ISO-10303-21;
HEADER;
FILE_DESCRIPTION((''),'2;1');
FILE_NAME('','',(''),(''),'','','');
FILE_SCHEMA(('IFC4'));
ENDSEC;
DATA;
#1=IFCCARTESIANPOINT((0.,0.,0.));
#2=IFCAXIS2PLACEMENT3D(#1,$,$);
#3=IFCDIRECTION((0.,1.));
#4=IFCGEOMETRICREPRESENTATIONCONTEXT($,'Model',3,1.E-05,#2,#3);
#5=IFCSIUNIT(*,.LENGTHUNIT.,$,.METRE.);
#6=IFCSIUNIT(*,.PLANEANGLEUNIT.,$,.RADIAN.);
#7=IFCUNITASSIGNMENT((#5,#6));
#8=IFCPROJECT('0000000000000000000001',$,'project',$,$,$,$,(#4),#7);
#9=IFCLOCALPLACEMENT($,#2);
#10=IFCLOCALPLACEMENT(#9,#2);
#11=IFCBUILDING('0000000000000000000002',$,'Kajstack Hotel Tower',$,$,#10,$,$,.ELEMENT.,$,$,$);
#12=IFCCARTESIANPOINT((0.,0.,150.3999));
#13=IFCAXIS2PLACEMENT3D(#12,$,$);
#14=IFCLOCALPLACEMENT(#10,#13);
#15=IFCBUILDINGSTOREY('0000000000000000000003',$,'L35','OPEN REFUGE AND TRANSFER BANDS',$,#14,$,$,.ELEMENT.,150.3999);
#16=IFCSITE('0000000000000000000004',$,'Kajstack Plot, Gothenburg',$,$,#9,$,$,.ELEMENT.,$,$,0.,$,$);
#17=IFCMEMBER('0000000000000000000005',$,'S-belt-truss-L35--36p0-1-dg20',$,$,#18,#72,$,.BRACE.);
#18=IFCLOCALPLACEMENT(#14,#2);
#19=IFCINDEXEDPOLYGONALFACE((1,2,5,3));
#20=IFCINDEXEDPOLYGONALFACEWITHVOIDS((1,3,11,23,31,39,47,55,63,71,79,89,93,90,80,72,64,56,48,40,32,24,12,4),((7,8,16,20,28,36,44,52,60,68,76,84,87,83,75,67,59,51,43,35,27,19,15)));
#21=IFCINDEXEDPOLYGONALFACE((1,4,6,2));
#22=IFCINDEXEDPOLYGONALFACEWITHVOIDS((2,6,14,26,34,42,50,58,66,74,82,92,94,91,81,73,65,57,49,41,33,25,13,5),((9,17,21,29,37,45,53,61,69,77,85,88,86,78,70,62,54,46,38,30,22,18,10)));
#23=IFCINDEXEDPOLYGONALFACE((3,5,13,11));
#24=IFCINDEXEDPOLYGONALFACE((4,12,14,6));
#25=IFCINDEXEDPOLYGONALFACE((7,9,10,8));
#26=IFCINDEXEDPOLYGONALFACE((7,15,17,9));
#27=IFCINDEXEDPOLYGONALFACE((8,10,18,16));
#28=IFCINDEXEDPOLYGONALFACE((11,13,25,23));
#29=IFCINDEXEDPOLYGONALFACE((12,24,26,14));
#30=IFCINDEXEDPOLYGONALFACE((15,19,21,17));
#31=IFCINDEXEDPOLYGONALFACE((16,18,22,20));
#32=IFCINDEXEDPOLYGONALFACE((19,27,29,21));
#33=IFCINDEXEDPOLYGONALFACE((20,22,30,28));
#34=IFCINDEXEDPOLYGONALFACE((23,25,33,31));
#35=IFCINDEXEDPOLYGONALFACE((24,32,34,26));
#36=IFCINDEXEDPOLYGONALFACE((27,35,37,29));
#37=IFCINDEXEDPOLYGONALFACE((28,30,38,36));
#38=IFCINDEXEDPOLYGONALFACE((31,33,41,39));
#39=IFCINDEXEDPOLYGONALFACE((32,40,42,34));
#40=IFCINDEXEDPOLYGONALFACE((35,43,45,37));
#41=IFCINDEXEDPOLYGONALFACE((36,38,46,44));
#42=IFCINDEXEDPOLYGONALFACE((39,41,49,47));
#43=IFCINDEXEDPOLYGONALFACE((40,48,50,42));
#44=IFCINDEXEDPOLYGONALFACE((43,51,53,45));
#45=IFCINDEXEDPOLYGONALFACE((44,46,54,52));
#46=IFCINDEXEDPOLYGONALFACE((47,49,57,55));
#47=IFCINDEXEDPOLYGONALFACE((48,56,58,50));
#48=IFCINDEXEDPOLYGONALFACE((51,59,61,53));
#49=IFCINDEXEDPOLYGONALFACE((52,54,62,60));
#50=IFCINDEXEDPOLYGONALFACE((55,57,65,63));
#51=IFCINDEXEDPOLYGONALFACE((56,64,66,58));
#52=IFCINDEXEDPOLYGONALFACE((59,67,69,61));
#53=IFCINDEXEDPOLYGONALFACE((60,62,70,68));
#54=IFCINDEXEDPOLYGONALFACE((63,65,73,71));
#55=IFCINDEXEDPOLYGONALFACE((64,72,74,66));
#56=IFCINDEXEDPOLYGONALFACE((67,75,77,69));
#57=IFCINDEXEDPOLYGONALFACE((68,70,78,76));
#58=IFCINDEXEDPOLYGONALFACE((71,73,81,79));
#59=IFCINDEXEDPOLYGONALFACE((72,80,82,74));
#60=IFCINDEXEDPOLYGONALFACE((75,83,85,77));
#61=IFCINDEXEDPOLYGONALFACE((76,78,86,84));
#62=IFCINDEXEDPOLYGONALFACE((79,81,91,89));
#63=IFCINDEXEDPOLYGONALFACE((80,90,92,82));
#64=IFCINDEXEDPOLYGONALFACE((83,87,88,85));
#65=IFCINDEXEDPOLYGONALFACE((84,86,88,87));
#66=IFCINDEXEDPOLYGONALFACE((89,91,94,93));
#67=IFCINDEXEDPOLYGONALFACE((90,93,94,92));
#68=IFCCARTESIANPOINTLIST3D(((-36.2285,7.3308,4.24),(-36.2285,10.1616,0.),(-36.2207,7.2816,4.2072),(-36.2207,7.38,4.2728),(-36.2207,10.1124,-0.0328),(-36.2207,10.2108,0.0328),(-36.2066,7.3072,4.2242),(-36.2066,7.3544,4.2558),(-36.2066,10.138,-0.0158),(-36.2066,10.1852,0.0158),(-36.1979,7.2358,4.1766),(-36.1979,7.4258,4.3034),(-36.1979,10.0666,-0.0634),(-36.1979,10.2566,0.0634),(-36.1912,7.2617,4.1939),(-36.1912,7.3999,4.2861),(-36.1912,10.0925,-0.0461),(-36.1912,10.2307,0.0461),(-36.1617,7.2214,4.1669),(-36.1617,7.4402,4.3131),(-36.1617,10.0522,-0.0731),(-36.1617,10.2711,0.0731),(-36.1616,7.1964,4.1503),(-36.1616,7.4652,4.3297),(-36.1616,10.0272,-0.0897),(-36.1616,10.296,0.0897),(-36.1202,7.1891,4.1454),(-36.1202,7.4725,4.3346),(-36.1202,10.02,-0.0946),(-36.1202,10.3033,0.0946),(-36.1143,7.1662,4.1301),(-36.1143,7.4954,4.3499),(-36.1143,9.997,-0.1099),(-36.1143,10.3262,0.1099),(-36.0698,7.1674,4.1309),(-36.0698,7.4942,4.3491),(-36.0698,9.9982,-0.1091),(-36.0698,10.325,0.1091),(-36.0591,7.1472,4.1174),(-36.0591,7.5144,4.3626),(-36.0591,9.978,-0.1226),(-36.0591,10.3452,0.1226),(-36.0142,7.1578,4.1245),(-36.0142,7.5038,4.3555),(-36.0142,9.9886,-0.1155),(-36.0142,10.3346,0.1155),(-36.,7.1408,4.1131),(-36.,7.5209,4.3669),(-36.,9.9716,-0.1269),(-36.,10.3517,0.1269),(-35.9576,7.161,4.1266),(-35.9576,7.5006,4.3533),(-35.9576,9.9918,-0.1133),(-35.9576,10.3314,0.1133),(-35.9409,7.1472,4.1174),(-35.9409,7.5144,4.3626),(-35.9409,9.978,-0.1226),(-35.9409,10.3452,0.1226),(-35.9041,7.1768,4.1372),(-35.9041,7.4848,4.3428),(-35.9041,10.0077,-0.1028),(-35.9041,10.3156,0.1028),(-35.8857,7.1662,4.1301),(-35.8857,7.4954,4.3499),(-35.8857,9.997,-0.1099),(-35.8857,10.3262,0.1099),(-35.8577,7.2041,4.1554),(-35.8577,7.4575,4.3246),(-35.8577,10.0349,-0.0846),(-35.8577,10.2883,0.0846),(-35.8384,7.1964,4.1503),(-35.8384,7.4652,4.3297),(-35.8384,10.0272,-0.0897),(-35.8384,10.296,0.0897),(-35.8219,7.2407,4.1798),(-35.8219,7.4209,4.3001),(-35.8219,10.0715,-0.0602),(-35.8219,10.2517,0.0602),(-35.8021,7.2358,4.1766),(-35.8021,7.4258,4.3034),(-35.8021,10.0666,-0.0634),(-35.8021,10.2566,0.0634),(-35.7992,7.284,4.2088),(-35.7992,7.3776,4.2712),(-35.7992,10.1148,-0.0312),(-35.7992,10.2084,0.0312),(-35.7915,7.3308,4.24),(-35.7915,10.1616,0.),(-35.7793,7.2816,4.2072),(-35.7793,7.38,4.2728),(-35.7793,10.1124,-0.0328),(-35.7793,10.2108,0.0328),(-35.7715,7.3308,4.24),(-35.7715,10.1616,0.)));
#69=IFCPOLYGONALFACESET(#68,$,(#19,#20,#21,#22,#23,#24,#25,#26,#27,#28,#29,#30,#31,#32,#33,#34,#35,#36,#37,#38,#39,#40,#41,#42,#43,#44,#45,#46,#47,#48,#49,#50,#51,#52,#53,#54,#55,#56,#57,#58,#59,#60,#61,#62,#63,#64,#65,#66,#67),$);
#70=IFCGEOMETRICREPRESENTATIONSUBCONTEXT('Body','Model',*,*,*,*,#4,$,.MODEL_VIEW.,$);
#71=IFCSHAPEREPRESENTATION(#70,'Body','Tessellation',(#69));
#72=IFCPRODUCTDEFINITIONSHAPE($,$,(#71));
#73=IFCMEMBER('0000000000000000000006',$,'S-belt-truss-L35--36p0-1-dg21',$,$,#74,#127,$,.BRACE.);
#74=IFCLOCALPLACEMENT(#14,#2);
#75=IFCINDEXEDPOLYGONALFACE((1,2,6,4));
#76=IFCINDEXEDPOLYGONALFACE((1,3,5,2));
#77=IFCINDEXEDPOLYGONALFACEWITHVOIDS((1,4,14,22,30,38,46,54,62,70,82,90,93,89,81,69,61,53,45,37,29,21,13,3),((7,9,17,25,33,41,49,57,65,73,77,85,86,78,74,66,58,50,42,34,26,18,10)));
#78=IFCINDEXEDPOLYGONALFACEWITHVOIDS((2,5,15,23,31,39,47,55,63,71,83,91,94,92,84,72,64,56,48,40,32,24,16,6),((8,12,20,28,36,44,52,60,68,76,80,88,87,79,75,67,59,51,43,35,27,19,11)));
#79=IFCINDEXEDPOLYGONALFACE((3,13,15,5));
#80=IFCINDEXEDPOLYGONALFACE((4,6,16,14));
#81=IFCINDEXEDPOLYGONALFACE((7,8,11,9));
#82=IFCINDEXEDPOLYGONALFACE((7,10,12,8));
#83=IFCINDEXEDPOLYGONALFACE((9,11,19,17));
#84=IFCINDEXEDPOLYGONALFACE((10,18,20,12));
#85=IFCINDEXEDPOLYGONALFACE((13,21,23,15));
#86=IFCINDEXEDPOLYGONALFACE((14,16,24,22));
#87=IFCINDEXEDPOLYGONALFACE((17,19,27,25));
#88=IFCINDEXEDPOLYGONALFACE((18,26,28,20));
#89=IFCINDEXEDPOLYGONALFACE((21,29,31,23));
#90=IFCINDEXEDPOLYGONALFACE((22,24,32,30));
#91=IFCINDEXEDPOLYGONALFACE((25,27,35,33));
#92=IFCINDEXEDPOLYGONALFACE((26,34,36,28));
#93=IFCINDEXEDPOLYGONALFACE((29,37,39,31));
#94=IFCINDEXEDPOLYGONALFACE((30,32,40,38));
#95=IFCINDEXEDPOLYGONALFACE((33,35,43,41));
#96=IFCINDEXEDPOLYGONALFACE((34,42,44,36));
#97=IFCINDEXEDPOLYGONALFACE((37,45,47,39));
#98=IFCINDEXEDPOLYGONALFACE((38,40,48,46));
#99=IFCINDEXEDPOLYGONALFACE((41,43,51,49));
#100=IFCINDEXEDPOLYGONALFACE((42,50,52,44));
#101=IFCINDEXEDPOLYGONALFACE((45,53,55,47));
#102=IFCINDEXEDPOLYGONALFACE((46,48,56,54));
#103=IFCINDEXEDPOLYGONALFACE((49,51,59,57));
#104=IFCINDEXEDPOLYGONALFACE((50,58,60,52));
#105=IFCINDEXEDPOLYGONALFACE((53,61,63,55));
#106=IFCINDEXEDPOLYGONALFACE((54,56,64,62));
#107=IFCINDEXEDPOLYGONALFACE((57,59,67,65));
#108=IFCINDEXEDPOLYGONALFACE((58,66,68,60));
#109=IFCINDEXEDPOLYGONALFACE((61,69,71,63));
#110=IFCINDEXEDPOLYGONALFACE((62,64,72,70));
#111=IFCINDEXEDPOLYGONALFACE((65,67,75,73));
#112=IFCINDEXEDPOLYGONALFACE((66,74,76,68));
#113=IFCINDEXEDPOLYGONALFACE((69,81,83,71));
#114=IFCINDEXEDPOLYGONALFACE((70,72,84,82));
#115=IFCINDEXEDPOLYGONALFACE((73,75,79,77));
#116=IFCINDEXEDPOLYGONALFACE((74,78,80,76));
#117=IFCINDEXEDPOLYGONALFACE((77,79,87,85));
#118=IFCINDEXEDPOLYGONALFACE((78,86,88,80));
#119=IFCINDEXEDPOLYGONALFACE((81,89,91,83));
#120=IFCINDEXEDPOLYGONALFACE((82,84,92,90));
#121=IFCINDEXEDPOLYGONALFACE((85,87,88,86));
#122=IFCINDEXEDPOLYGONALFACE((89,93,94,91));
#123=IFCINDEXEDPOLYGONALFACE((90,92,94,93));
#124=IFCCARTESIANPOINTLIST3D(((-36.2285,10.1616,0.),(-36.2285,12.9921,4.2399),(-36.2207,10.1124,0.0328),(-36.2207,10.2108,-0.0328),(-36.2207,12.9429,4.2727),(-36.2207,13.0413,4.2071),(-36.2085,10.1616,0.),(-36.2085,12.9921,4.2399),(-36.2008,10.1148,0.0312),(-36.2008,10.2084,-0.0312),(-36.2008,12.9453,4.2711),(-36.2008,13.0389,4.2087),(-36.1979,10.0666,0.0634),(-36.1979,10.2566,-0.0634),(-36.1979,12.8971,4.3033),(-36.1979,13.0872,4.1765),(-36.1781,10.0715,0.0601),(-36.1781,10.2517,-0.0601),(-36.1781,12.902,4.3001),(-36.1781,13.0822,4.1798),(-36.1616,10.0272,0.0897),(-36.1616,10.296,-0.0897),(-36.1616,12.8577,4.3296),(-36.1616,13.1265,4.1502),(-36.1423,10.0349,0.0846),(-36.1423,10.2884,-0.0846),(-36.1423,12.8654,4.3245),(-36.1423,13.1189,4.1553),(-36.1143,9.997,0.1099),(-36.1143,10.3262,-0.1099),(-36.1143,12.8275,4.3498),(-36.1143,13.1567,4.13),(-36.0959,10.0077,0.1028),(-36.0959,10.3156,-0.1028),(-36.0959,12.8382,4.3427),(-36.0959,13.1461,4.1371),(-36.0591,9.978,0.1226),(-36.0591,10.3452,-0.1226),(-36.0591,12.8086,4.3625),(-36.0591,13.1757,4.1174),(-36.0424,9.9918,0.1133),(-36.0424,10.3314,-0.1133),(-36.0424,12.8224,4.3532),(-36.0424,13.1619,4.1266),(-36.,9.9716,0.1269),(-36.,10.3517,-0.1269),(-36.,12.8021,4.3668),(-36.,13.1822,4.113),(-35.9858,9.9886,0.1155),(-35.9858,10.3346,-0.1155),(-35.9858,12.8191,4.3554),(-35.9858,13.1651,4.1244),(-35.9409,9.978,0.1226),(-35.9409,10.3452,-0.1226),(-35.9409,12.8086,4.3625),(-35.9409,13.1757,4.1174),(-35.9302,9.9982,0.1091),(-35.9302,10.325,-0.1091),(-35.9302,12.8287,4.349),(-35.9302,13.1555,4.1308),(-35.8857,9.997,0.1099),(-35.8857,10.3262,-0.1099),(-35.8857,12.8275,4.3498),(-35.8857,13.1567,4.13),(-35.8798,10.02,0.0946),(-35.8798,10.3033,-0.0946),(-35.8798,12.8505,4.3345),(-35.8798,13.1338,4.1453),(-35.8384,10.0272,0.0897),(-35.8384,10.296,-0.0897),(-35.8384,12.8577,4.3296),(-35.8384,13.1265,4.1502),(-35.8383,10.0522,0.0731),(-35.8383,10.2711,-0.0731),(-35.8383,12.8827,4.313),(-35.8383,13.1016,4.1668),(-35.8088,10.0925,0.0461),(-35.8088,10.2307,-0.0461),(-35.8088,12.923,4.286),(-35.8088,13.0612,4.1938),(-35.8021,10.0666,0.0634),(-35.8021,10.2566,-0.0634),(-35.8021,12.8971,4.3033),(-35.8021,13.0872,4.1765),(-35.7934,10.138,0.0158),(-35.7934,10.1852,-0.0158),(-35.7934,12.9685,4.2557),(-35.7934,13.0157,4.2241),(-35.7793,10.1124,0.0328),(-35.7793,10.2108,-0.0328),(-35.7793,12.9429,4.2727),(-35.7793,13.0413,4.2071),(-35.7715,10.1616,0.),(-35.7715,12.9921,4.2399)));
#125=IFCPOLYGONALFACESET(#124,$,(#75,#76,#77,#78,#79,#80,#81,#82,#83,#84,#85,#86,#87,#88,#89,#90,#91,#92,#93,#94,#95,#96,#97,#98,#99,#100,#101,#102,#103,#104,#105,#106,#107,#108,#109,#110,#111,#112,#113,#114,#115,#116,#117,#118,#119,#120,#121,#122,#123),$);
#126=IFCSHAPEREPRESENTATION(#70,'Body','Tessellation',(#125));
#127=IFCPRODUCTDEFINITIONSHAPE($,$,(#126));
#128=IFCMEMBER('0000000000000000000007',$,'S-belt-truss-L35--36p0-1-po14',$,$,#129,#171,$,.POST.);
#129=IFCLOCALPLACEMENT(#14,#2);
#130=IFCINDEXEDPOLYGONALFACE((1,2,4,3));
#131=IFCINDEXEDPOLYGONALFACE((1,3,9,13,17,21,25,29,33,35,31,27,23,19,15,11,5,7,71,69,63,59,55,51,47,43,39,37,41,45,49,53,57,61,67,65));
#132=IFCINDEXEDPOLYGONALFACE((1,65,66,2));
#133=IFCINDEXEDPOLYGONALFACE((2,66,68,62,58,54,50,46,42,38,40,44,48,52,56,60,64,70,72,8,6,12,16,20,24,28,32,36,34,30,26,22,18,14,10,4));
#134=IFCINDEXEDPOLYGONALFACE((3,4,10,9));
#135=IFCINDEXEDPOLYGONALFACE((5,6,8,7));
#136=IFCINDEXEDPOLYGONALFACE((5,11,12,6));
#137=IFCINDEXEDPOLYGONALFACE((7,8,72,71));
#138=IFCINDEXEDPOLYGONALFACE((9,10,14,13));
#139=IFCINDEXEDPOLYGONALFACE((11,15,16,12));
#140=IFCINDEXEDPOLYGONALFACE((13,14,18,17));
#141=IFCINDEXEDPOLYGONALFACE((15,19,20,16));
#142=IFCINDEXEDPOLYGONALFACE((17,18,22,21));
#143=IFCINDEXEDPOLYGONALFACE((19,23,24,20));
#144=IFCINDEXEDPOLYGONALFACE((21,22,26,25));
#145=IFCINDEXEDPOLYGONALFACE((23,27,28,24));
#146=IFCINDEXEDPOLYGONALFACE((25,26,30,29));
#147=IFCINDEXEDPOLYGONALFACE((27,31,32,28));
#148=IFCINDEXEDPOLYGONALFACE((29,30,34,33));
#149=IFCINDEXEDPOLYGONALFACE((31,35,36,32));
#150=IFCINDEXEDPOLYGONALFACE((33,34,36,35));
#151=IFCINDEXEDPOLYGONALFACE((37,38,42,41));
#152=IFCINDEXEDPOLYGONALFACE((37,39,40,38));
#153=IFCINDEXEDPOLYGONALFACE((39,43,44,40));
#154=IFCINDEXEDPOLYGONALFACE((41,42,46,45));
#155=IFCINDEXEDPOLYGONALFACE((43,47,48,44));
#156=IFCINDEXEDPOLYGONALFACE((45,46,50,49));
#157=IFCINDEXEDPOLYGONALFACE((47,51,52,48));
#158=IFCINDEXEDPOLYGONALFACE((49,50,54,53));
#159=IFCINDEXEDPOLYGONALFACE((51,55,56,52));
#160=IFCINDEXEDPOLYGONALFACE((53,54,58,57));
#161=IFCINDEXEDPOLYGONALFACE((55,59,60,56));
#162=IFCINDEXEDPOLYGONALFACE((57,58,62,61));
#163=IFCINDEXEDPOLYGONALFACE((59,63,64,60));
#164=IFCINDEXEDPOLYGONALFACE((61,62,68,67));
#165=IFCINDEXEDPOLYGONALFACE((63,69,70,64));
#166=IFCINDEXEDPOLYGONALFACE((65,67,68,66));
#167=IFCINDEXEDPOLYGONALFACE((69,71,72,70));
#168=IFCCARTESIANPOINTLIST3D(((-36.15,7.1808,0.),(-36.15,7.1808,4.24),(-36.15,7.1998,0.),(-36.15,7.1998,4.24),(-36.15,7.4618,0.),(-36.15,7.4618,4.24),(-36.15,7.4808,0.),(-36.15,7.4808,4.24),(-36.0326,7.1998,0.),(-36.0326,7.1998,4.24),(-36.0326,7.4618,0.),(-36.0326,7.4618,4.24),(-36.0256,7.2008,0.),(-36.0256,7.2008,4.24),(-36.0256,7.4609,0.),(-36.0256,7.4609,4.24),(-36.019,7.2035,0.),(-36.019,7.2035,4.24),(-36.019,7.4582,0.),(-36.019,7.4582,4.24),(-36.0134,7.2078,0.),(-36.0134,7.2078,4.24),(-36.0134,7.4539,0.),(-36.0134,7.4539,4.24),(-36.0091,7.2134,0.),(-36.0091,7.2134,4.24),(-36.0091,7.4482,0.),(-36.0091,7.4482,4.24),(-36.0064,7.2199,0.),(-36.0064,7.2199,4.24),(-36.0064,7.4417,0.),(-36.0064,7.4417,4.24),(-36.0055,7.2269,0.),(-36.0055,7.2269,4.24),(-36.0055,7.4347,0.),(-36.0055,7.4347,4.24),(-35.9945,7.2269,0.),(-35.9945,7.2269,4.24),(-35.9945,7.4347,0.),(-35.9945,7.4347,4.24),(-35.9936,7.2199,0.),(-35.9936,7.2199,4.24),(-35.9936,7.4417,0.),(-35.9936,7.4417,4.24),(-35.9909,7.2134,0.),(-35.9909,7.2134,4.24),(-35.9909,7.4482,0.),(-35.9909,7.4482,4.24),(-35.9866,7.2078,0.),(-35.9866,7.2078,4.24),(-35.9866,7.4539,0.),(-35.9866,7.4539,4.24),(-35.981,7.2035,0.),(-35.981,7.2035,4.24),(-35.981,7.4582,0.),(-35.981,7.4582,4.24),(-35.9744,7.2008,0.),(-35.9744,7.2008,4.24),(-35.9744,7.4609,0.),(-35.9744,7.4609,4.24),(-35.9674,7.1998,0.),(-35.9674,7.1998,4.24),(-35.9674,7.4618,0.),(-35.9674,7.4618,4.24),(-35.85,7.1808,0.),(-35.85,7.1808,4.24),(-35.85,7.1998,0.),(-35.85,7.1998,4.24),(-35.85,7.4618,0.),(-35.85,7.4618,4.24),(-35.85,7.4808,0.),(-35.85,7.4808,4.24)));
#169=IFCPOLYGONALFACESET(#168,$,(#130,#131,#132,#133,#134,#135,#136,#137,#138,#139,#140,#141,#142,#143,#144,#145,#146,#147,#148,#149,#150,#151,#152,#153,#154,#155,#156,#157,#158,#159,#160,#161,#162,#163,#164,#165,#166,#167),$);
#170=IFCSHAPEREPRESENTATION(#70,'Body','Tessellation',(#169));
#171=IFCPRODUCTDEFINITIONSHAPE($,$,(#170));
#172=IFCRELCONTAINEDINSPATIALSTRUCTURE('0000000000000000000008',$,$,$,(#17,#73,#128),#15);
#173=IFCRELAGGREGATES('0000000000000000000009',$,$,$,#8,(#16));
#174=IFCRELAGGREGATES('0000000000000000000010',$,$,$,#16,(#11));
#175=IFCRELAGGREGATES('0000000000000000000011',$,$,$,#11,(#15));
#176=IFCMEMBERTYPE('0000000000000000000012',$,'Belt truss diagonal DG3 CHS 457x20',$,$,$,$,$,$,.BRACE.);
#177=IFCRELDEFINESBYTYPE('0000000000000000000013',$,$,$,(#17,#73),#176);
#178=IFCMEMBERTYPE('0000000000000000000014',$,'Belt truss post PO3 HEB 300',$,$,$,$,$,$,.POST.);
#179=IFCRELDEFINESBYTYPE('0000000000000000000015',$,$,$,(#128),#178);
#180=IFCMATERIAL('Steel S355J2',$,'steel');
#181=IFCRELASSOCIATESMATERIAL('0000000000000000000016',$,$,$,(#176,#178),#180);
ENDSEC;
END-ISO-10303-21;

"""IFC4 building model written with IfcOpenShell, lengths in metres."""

from ifc_helpers import new_model, si_unit, direction, frame, origin, origin_2d, place, context, subcontext, project, spatial, hollow_circle, i_section, extrude, material, material_profile, profile_set, type_object, element, save


model = new_model("IFC4")

# Units and contexts
model_context = context("Model", 3, precision=1e-05, world=origin(), true_north=direction((0.0, 1.0)))
body_context = subcontext(model_context, "Body", "Model", "MODEL_VIEW")
ifc_project = project(units=[si_unit("LENGTHUNIT", "METRE"), si_unit("PLANEANGLEUNIT", "RADIAN")], contexts=[model_context])

# Site, building, storey
site_placement = place(None, origin())
site = spatial("IfcSite", under=ifc_project, at=site_placement, Name="Kajstack Plot, Gothenburg", CompositionType="ELEMENT", RefElevation=0.0)
building_placement = place(site_placement, origin())
building = spatial("IfcBuilding", under=site, at=building_placement, Name="Kajstack Hotel Tower", CompositionType="ELEMENT")
storey_placement = place(building_placement, frame((0.0, 0.0, 150.3999)))
storey = spatial("IfcBuildingStorey", under=building, at=storey_placement, Name="L35", Description="OPEN REFUGE AND TRANSFER BANDS", CompositionType="ELEMENT", Elevation=150.3999)

# Members
ifc_material = material(Name="Steel S355J2", Category="steel")
ifc_material_profile_1 = material_profile(ifc_material, hollow_circle(Radius=0.2285, WallThickness=0.02, at=origin_2d()), Name="CHS 457x20")
ifc_profile_set_1 = profile_set([ifc_material_profile_1], Name="Steel S355J2")
member_type_1 = type_object("IfcMemberType", Name="Belt truss diagonal DG3 CHS 457x20", PredefinedType="BRACE", material=ifc_profile_set_1)
member_1_placement = place(storey_placement, frame((-36.0, 10.1616, 0.0), z_axis=(0.0, -0.555264, 0.831674), x_axis=(1.0, 0.0, 0.0)))
element("IfcMember", 1, at=member_1_placement, inside=storey, type_object=member_type_1, Name="S-belt-truss-L35--36p0-1-dg20", PredefinedType="BRACE", context=body_context, shape_type="SweptSolid", body=[
    extrude(hollow_circle(Radius=0.2285, WallThickness=0.02, at=origin_2d()), origin(), (0.0, 0.0, 1.0), 5.0981),
])
member_2_placement = place(storey_placement, frame((-36.0, 10.1616, 0.0), z_axis=(0.0, 0.555231, 0.831696), x_axis=(-1.0, 0.0, 0.0)))
element("IfcMember", 2, at=member_2_placement, inside=storey, type_object=member_type_1, Name="S-belt-truss-L35--36p0-1-dg21", PredefinedType="BRACE", context=body_context, shape_type="SweptSolid", body=[
    extrude(hollow_circle(Radius=0.2285, WallThickness=0.02, at=origin_2d()), origin(), (0.0, 0.0, 1.0), 5.0979),
])
ifc_material_profile_2 = material_profile(ifc_material, i_section(OverallWidth=0.3, OverallDepth=0.3, WebThickness=0.011, FlangeThickness=0.019, FilletRadius=0.0271, at=origin_2d()), Name="HEB 300")
ifc_profile_set_2 = profile_set([ifc_material_profile_2], Name="Steel S355J2")
member_type_2 = type_object("IfcMemberType", Name="Belt truss post PO3 HEB 300", PredefinedType="POST", material=ifc_profile_set_2)
for number, where, z_axis, x_axis, name in (
    (3, (-36.0, 7.3308, 0.0), (0.0, 0.0, 1.0), (1.0, 0.0, 0.0), "S-belt-truss-L35--36p0-1-po14"),
):
    element("IfcMember", number, at=place(storey_placement, frame(where, z_axis=z_axis, x_axis=x_axis)), inside=storey, type_object=member_type_2, Name=name, PredefinedType="POST", context=body_context, shape_type="SweptSolid", body=[
        extrude(i_section(OverallWidth=0.3, OverallDepth=0.3, WebThickness=0.011, FlangeThickness=0.019, FilletRadius=0.0271, at=origin_2d()), origin(), (0.0, 0.0, 1.0), 4.24),
    ])

save(model, "model.ifc")
